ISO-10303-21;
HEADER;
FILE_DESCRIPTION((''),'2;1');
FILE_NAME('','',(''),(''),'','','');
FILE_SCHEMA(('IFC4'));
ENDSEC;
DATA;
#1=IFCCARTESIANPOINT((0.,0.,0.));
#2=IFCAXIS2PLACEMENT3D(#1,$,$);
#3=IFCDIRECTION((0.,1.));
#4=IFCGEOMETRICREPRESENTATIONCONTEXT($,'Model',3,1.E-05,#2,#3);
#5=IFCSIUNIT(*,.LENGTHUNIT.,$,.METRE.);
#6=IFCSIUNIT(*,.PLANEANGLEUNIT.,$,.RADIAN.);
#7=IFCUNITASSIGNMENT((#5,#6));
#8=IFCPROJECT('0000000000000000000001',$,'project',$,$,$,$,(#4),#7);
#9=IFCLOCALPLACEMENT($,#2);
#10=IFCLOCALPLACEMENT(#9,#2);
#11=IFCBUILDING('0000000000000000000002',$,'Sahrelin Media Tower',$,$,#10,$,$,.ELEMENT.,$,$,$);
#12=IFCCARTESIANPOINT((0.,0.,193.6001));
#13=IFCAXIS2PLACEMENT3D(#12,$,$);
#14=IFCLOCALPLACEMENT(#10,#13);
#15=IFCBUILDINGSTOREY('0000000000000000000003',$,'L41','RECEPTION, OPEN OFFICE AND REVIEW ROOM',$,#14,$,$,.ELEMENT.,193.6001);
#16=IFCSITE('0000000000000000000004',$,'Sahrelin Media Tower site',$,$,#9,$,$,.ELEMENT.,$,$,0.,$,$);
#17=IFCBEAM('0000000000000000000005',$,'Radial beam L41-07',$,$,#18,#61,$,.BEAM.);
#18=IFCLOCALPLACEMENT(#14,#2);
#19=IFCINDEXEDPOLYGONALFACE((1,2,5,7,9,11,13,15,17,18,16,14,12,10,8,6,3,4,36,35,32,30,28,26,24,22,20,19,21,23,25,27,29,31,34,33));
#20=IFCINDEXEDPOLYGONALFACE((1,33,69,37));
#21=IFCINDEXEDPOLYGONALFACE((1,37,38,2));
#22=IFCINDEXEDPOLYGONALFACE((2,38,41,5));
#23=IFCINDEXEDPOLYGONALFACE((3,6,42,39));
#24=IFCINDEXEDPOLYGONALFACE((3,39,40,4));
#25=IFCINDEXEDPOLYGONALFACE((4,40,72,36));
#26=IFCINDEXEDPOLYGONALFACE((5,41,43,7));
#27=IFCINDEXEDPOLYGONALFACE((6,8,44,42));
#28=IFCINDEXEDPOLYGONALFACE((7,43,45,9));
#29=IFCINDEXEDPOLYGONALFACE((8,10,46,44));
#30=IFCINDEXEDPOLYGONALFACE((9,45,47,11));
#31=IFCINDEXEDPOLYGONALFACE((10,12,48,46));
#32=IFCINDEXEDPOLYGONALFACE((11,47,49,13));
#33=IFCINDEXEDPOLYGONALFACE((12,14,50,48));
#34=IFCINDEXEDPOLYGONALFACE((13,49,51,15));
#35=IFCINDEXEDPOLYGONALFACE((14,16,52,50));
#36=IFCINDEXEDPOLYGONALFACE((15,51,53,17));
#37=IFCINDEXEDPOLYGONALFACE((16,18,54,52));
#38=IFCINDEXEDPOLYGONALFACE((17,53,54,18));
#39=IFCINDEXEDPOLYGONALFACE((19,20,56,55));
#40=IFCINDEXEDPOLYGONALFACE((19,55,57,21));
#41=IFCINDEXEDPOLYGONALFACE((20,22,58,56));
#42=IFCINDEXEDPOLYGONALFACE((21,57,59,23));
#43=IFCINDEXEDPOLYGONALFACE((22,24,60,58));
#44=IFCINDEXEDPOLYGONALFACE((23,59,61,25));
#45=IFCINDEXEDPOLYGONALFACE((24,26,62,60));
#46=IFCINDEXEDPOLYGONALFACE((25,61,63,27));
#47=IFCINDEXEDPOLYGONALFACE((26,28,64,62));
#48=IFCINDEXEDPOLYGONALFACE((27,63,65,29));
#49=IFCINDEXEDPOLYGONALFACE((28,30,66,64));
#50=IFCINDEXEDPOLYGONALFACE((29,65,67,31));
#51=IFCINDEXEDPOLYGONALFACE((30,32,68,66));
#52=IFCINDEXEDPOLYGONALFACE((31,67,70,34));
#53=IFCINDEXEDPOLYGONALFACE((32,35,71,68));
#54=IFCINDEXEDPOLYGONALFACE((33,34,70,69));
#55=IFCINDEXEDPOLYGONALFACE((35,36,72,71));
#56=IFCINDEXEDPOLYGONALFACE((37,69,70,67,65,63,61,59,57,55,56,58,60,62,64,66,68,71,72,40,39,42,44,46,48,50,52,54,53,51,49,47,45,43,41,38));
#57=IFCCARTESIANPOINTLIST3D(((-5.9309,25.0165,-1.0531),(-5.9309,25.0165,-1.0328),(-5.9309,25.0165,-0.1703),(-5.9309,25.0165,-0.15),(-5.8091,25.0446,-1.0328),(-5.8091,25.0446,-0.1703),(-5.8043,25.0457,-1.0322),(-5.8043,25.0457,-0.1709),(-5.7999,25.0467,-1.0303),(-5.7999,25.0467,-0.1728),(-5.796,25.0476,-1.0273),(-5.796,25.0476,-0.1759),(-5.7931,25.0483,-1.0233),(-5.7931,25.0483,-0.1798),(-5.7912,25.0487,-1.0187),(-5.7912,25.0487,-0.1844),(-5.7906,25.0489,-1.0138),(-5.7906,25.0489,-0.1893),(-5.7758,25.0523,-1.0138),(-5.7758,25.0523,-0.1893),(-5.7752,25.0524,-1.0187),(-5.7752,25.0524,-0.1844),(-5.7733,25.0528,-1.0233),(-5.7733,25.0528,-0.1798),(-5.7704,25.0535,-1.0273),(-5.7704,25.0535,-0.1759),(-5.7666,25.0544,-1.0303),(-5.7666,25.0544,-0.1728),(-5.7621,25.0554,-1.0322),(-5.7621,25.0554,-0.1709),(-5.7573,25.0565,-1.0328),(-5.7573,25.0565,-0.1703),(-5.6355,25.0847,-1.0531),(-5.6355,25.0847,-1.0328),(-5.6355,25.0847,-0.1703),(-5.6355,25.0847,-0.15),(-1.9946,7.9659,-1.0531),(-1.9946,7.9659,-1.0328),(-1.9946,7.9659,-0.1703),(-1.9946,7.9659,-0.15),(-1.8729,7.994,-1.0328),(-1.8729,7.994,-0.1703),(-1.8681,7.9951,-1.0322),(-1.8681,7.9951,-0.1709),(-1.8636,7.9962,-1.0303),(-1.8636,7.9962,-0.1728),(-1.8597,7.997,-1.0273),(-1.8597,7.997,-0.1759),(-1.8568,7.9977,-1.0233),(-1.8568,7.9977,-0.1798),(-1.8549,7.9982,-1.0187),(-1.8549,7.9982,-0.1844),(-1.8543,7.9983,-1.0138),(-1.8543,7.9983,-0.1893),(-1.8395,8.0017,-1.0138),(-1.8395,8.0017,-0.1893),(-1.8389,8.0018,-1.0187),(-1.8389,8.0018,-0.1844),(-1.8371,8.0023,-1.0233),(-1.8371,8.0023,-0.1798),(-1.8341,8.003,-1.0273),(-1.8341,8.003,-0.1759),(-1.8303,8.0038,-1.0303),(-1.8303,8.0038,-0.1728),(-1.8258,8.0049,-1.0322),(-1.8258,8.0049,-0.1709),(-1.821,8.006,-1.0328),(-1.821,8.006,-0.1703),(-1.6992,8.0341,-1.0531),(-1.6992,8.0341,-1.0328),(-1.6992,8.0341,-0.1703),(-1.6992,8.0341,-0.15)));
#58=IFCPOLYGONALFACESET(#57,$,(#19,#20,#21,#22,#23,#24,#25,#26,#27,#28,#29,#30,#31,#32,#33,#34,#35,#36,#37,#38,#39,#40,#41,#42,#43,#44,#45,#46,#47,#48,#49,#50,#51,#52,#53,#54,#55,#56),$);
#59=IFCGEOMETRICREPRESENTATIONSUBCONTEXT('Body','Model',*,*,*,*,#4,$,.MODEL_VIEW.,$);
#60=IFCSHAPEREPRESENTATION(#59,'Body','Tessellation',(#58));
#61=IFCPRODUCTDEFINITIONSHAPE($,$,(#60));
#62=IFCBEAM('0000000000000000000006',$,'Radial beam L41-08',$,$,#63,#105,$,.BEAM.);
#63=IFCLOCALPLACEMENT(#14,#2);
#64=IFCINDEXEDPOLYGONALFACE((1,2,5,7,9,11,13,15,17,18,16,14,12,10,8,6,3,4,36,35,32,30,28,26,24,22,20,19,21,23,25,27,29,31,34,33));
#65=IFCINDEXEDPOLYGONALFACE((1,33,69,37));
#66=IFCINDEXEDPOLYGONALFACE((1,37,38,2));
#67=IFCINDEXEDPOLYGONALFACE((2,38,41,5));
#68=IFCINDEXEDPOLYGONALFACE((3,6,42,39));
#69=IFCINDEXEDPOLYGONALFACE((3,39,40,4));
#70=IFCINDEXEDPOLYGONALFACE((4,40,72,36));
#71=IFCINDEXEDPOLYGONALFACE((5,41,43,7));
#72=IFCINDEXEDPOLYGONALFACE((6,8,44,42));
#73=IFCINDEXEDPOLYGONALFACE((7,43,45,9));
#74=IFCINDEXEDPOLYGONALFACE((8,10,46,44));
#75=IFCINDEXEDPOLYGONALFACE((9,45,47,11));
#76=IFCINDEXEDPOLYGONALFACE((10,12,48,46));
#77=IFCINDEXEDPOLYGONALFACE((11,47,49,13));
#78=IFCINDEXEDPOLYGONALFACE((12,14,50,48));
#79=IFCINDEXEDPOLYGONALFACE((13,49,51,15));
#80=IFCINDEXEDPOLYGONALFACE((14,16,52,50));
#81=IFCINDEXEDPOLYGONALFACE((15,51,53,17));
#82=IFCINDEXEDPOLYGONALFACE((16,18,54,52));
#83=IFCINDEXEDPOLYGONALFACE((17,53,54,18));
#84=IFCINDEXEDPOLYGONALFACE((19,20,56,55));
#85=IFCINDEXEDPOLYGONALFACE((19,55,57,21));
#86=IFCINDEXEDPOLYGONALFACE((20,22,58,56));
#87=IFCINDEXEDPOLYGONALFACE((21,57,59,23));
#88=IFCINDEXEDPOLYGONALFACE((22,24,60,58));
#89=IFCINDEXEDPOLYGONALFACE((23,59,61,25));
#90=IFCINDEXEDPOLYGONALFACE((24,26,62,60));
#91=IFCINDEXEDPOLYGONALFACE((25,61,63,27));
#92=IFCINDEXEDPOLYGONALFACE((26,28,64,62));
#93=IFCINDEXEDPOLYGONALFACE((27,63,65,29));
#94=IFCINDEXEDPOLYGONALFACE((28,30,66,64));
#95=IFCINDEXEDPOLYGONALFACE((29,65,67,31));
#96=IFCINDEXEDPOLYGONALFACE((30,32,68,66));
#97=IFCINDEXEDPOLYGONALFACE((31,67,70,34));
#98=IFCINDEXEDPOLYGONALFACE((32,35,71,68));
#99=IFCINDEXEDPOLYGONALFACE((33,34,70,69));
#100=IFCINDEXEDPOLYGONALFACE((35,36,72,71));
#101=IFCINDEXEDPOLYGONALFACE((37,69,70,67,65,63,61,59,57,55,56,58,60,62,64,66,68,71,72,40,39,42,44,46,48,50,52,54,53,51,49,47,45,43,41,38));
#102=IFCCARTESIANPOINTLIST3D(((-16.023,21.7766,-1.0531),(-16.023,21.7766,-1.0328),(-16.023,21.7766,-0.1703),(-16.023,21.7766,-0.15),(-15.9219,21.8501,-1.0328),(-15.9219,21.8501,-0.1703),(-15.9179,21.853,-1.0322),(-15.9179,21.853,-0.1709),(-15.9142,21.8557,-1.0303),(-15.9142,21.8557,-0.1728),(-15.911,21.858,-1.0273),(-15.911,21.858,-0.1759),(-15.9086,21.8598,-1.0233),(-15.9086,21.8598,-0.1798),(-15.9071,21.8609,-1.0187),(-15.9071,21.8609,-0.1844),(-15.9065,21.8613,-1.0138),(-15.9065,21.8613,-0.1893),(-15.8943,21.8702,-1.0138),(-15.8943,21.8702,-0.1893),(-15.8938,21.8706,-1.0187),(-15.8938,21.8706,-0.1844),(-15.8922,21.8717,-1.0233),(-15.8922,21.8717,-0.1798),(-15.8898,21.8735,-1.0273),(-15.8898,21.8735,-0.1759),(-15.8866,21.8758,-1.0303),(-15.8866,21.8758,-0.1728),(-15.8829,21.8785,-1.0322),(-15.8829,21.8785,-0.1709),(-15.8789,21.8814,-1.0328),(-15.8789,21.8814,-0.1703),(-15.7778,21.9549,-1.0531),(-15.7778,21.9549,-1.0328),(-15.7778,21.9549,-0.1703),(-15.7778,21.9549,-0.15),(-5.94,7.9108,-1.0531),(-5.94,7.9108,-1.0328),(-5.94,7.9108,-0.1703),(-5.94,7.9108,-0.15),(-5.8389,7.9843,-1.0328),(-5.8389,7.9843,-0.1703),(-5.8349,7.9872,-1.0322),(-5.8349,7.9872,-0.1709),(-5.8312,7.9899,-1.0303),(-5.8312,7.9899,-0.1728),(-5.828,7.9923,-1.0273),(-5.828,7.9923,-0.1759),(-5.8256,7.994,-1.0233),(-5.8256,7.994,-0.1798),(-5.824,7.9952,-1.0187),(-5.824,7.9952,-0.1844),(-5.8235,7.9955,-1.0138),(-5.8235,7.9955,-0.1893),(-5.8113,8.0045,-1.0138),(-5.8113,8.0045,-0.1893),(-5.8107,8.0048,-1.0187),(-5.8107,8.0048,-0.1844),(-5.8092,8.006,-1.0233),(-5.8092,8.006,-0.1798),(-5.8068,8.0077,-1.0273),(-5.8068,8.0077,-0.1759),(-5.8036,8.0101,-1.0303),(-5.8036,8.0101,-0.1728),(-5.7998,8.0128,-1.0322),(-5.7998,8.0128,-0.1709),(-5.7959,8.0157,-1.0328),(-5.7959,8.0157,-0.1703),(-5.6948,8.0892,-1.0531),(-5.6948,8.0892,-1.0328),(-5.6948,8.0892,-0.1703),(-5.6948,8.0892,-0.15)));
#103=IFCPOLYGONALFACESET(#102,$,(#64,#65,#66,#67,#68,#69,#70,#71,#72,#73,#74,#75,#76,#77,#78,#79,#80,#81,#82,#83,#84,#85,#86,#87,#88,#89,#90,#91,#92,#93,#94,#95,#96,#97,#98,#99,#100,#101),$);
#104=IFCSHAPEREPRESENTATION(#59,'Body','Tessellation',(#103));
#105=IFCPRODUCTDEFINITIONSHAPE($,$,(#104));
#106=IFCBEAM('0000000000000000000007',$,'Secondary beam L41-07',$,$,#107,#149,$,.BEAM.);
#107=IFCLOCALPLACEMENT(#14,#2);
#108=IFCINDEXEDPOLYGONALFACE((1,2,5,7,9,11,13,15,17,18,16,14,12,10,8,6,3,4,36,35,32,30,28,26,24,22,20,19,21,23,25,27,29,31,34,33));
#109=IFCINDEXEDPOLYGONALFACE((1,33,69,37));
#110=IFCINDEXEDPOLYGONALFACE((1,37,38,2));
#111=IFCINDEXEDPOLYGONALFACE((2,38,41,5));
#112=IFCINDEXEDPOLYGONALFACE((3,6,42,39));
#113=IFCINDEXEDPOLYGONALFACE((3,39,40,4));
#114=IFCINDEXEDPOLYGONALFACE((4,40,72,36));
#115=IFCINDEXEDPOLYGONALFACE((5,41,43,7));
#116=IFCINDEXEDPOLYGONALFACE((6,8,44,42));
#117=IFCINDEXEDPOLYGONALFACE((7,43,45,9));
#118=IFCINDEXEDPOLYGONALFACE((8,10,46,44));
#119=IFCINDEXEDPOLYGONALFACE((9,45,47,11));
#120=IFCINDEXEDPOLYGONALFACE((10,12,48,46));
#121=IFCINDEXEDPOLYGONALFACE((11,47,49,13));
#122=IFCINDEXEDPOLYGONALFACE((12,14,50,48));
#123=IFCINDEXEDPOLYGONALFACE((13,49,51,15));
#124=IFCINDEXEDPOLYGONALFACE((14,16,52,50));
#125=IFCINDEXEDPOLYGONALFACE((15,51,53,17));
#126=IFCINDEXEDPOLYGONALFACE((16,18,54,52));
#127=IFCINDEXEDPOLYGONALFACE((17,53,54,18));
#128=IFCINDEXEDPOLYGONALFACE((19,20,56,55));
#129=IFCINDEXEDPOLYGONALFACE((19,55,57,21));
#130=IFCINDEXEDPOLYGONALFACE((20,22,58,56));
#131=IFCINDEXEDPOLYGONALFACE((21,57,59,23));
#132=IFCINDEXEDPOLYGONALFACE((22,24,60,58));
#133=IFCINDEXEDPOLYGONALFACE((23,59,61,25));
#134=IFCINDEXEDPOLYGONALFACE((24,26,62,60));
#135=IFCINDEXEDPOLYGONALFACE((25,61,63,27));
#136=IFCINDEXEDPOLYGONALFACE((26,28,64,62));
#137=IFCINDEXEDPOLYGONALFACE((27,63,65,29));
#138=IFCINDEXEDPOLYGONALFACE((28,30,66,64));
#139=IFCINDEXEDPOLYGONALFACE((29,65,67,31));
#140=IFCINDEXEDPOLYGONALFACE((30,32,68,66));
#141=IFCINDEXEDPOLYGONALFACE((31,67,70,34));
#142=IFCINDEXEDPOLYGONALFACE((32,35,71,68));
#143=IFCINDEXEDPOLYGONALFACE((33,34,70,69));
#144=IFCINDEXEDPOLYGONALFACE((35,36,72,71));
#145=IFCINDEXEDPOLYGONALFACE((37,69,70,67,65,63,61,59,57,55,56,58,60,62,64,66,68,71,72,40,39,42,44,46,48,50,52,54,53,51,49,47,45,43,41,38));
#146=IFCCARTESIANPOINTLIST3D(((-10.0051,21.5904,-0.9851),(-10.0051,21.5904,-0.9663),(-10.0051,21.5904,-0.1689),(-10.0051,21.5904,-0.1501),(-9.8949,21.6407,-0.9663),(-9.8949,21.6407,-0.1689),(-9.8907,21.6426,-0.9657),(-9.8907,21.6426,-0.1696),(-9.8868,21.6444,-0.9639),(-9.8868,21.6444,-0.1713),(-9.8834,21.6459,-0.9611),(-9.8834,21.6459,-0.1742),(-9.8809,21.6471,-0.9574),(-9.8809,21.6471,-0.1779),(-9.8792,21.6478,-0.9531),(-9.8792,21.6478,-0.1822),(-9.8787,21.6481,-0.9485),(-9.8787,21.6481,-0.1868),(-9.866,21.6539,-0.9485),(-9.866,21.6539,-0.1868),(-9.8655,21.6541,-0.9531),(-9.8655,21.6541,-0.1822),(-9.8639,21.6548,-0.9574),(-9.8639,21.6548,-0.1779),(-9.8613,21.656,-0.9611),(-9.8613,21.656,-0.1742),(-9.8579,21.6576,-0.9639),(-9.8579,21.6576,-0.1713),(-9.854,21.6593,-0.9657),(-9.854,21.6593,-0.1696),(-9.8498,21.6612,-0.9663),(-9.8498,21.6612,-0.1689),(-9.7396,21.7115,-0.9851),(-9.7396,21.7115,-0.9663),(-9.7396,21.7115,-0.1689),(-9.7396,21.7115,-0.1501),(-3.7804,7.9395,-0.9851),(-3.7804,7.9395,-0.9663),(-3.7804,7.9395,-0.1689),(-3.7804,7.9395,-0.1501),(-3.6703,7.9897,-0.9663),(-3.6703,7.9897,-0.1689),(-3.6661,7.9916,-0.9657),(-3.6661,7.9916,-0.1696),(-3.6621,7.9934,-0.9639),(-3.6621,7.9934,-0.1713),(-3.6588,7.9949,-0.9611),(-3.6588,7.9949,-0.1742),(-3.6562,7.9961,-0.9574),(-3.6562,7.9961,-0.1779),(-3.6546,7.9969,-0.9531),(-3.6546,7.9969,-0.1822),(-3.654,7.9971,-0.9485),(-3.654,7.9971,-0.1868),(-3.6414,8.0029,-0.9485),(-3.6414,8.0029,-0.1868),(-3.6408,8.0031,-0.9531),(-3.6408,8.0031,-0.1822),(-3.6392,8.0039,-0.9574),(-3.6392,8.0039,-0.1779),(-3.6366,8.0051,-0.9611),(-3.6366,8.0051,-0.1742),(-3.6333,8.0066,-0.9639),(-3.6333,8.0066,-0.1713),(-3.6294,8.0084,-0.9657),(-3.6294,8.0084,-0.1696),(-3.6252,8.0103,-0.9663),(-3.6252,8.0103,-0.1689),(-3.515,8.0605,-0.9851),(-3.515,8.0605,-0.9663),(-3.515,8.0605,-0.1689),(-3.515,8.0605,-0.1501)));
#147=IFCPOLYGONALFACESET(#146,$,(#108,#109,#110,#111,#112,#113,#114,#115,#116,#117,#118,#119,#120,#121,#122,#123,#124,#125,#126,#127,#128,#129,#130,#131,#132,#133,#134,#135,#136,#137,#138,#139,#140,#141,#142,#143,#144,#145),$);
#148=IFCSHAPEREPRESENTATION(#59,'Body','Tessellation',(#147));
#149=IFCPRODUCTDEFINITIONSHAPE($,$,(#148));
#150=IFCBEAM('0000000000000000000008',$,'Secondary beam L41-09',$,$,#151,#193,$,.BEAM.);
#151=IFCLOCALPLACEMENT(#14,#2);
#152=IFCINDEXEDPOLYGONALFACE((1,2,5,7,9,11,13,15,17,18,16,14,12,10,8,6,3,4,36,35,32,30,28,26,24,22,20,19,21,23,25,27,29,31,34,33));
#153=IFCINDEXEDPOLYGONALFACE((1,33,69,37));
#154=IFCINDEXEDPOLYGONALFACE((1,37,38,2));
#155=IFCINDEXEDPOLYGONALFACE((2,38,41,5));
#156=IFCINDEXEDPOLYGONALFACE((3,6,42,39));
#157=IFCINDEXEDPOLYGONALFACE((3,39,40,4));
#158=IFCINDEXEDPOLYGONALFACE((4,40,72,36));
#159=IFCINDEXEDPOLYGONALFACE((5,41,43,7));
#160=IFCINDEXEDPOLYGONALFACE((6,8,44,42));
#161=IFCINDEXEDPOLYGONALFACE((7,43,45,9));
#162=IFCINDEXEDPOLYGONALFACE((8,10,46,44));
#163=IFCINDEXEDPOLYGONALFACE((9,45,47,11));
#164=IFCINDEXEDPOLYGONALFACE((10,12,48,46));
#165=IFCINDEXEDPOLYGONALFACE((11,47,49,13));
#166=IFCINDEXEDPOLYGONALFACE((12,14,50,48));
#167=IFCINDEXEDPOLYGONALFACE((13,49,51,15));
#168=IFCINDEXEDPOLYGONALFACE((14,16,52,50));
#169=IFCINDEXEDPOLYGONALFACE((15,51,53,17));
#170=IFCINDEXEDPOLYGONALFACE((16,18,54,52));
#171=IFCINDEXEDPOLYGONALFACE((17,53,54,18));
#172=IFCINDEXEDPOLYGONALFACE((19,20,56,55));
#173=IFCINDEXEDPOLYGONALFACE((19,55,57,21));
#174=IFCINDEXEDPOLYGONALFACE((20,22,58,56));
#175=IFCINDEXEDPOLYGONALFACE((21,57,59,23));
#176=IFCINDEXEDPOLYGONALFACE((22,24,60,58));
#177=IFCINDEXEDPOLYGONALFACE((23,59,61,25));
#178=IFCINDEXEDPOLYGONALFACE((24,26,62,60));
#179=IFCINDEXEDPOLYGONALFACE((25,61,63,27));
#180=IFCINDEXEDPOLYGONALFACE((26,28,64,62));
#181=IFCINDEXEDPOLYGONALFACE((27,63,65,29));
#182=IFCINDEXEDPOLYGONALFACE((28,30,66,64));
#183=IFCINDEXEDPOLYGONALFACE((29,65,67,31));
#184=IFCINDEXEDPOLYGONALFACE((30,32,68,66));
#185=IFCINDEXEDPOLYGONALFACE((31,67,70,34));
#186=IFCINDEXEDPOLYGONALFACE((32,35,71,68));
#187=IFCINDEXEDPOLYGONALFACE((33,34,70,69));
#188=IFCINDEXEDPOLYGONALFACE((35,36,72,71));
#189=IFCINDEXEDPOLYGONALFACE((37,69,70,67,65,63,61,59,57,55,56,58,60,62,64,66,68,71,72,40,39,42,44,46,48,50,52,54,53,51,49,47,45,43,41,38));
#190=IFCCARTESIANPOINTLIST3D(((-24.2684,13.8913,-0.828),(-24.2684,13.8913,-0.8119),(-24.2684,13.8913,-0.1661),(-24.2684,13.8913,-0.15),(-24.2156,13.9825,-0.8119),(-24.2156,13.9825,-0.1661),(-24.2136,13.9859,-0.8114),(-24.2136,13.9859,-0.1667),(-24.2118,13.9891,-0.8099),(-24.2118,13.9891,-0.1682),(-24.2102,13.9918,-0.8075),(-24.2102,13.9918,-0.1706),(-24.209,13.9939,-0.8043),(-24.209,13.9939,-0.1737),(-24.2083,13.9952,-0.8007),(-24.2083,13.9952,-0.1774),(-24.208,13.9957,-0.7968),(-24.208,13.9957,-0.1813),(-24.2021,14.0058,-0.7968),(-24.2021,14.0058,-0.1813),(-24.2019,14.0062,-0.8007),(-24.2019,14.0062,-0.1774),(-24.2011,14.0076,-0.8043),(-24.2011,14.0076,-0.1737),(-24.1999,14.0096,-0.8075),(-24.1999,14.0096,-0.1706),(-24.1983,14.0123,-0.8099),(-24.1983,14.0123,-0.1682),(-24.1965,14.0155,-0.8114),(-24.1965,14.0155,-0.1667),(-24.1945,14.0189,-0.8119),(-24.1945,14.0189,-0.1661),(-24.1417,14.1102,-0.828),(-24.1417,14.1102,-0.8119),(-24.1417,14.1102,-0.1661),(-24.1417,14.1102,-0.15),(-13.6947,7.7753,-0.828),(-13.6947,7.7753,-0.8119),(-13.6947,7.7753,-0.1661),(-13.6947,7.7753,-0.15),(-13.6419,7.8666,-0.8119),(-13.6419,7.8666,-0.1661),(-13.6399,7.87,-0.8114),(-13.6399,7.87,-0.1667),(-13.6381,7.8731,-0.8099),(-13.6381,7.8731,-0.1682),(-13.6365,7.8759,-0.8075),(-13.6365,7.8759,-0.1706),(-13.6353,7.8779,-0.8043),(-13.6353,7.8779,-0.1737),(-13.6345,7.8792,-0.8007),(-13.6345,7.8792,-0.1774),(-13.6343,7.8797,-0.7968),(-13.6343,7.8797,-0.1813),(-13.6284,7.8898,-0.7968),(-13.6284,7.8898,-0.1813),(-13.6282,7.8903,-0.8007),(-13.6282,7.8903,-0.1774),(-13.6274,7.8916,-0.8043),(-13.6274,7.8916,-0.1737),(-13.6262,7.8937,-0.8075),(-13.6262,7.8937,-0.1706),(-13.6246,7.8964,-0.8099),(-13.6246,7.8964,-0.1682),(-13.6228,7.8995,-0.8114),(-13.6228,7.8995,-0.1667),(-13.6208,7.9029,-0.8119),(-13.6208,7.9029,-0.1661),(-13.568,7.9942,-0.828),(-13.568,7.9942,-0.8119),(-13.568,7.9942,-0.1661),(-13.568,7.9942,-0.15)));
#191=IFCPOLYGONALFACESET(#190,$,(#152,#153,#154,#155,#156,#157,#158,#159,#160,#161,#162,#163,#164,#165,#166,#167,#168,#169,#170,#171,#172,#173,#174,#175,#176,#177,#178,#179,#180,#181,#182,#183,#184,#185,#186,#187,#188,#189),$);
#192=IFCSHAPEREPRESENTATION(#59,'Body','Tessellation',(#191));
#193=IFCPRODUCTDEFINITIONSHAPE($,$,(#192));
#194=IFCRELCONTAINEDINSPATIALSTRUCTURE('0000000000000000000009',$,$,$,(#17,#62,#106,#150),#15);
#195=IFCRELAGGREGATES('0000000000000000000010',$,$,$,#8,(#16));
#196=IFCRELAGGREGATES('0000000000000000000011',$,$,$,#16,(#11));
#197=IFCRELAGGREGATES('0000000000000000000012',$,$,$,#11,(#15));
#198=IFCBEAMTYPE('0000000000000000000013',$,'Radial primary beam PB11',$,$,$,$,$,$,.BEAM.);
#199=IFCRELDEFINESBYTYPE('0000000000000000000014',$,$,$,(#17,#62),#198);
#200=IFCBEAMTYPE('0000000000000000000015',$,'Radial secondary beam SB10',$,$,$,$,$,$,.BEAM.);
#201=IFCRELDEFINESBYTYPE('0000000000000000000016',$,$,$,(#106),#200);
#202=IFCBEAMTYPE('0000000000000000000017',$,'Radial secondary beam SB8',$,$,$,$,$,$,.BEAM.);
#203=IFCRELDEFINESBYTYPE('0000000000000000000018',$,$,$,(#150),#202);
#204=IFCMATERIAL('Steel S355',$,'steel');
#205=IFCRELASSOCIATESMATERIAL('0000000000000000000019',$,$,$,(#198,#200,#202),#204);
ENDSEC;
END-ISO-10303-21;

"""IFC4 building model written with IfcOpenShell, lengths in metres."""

from ifc_helpers import new_model, si_unit, direction, frame, origin, origin_2d, place, context, subcontext, project, spatial, i_section, extrude, material, material_profile, profile_set, type_object, element, save


model = new_model("IFC4")

# Units and contexts
model_context = context("Model", 3, precision=1e-05, world=origin(), true_north=direction((0.0, 1.0)))
body_context = subcontext(model_context, "Body", "Model", "MODEL_VIEW")
ifc_project = project(units=[si_unit("LENGTHUNIT", "METRE"), si_unit("PLANEANGLEUNIT", "RADIAN")], contexts=[model_context])

# Site, building, storey
site_placement = place(None, origin())
site = spatial("IfcSite", under=ifc_project, at=site_placement, Name="Sahrelin Media Tower site", CompositionType="ELEMENT", RefElevation=0.0)
building_placement = place(site_placement, origin())
building = spatial("IfcBuilding", under=site, at=building_placement, Name="Sahrelin Media Tower", CompositionType="ELEMENT")
storey_placement = place(building_placement, frame((0.0, 0.0, 193.6001)))
storey = spatial("IfcBuildingStorey", under=building, at=storey_placement, Name="L41", Description="RECEPTION, OPEN OFFICE AND REVIEW ROOM", CompositionType="ELEMENT", Elevation=193.6001)

# Shared definitions
ifc_material_1 = material(Name="Steel S355", Category="steel")

# Beams
ifc_material_profile_1 = material_profile(ifc_material_1, i_section(OverallWidth=0.3032, OverallDepth=0.9031, WebThickness=0.0151, FlangeThickness=0.0203, FilletRadius=0.019, at=origin_2d()), Name="UB 914x305x201")
ifc_profile_set_1 = profile_set([ifc_material_profile_1], Name="Steel S355")
beam_type_1 = type_object("IfcBeamType", Name="Radial primary beam PB11", PredefinedType="BEAM", material=ifc_profile_set_1)
beam_1_placement = place(storey_placement, frame((-1.8469, 8.0, -0.6016), z_axis=(-0.224943, 0.974372, 0.0), x_axis=(-0.974372, -0.224943, 0.0)))
element("IfcBeam", 1, at=beam_1_placement, inside=storey, type_object=beam_type_1, Name="Radial beam L41-07", PredefinedType="BEAM", context=body_context, shape_type="SweptSolid", body=[
    extrude(i_section(OverallWidth=0.3032, OverallDepth=0.9031, WebThickness=0.0151, FlangeThickness=0.0203, FilletRadius=0.019, at=origin_2d()), origin(), (0.0, 0.0, 1.0), 17.499),
])
beam_2_placement = place(storey_placement, frame((-5.8174, 8.0, -0.6016), z_axis=(-0.588128, 0.808768, 0.0), x_axis=(-0.808768, -0.588128, 0.0)))
element("IfcBeam", 2, at=beam_2_placement, inside=storey, type_object=beam_type_1, Name="Radial beam L41-08", PredefinedType="BEAM", context=body_context, shape_type="SweptSolid", body=[
    extrude(i_section(OverallWidth=0.3032, OverallDepth=0.9031, WebThickness=0.0151, FlangeThickness=0.0203, FilletRadius=0.019, at=origin_2d()), origin(), (0.0, 0.0, 1.0), 17.1443),
])
ifc_material_profile_2 = material_profile(ifc_material_1, i_section(OverallWidth=0.2917, OverallDepth=0.835, WebThickness=0.0139, FlangeThickness=0.0188, FilletRadius=0.0178, at=origin_2d()), Name="UB 838x292x176")
ifc_profile_set_2 = profile_set([ifc_material_profile_2], Name="Steel S355")
beam_type_2 = type_object("IfcBeamType", Name="Radial secondary beam SB10", PredefinedType="BEAM", material=ifc_profile_set_2)
beam_3_placement = place(storey_placement, frame((-3.6477, 8.0, -0.5676), z_axis=(-0.414889, 0.909872, 0.0), x_axis=(-0.909872, -0.414889, 0.0)))
element("IfcBeam", 3, at=beam_3_placement, inside=storey, type_object=beam_type_2, Name="Secondary beam L41-07", PredefinedType="BEAM", context=body_context, shape_type="SweptSolid", body=[
    extrude(i_section(OverallWidth=0.2917, OverallDepth=0.835, WebThickness=0.0139, FlangeThickness=0.0188, FilletRadius=0.0178, at=origin_2d()), origin(), (0.0, 0.0, 1.0), 15.0032),
])
ifc_material_profile_3 = material_profile(ifc_material_1, i_section(OverallWidth=0.2529, OverallDepth=0.678, WebThickness=0.0117, FlangeThickness=0.0161, FilletRadius=0.0151, at=origin_2d()), Name="UB 686x254x125")
ifc_profile_set_3 = profile_set([ifc_material_profile_3], Name="Steel S355")
beam_type_3 = type_object("IfcBeamType", Name="Radial secondary beam SB8", PredefinedType="BEAM", material=ifc_profile_set_3)
beam_4_placement = place(storey_placement, frame((-13.6313, 7.8848, -0.489), z_axis=(-0.865627, 0.500689, 0.0), x_axis=(-0.500689, -0.865627, 0.0)))
element("IfcBeam", 4, at=beam_4_placement, inside=storey, type_object=beam_type_3, Name="Secondary beam L41-09", PredefinedType="BEAM", context=body_context, shape_type="SweptSolid", body=[
    extrude(i_section(OverallWidth=0.2529, OverallDepth=0.678, WebThickness=0.0117, FlangeThickness=0.0161, FilletRadius=0.0151, at=origin_2d()), origin(), (0.0, 0.0, 1.0), 12.2151),
])

save(model, "model.ifc")
